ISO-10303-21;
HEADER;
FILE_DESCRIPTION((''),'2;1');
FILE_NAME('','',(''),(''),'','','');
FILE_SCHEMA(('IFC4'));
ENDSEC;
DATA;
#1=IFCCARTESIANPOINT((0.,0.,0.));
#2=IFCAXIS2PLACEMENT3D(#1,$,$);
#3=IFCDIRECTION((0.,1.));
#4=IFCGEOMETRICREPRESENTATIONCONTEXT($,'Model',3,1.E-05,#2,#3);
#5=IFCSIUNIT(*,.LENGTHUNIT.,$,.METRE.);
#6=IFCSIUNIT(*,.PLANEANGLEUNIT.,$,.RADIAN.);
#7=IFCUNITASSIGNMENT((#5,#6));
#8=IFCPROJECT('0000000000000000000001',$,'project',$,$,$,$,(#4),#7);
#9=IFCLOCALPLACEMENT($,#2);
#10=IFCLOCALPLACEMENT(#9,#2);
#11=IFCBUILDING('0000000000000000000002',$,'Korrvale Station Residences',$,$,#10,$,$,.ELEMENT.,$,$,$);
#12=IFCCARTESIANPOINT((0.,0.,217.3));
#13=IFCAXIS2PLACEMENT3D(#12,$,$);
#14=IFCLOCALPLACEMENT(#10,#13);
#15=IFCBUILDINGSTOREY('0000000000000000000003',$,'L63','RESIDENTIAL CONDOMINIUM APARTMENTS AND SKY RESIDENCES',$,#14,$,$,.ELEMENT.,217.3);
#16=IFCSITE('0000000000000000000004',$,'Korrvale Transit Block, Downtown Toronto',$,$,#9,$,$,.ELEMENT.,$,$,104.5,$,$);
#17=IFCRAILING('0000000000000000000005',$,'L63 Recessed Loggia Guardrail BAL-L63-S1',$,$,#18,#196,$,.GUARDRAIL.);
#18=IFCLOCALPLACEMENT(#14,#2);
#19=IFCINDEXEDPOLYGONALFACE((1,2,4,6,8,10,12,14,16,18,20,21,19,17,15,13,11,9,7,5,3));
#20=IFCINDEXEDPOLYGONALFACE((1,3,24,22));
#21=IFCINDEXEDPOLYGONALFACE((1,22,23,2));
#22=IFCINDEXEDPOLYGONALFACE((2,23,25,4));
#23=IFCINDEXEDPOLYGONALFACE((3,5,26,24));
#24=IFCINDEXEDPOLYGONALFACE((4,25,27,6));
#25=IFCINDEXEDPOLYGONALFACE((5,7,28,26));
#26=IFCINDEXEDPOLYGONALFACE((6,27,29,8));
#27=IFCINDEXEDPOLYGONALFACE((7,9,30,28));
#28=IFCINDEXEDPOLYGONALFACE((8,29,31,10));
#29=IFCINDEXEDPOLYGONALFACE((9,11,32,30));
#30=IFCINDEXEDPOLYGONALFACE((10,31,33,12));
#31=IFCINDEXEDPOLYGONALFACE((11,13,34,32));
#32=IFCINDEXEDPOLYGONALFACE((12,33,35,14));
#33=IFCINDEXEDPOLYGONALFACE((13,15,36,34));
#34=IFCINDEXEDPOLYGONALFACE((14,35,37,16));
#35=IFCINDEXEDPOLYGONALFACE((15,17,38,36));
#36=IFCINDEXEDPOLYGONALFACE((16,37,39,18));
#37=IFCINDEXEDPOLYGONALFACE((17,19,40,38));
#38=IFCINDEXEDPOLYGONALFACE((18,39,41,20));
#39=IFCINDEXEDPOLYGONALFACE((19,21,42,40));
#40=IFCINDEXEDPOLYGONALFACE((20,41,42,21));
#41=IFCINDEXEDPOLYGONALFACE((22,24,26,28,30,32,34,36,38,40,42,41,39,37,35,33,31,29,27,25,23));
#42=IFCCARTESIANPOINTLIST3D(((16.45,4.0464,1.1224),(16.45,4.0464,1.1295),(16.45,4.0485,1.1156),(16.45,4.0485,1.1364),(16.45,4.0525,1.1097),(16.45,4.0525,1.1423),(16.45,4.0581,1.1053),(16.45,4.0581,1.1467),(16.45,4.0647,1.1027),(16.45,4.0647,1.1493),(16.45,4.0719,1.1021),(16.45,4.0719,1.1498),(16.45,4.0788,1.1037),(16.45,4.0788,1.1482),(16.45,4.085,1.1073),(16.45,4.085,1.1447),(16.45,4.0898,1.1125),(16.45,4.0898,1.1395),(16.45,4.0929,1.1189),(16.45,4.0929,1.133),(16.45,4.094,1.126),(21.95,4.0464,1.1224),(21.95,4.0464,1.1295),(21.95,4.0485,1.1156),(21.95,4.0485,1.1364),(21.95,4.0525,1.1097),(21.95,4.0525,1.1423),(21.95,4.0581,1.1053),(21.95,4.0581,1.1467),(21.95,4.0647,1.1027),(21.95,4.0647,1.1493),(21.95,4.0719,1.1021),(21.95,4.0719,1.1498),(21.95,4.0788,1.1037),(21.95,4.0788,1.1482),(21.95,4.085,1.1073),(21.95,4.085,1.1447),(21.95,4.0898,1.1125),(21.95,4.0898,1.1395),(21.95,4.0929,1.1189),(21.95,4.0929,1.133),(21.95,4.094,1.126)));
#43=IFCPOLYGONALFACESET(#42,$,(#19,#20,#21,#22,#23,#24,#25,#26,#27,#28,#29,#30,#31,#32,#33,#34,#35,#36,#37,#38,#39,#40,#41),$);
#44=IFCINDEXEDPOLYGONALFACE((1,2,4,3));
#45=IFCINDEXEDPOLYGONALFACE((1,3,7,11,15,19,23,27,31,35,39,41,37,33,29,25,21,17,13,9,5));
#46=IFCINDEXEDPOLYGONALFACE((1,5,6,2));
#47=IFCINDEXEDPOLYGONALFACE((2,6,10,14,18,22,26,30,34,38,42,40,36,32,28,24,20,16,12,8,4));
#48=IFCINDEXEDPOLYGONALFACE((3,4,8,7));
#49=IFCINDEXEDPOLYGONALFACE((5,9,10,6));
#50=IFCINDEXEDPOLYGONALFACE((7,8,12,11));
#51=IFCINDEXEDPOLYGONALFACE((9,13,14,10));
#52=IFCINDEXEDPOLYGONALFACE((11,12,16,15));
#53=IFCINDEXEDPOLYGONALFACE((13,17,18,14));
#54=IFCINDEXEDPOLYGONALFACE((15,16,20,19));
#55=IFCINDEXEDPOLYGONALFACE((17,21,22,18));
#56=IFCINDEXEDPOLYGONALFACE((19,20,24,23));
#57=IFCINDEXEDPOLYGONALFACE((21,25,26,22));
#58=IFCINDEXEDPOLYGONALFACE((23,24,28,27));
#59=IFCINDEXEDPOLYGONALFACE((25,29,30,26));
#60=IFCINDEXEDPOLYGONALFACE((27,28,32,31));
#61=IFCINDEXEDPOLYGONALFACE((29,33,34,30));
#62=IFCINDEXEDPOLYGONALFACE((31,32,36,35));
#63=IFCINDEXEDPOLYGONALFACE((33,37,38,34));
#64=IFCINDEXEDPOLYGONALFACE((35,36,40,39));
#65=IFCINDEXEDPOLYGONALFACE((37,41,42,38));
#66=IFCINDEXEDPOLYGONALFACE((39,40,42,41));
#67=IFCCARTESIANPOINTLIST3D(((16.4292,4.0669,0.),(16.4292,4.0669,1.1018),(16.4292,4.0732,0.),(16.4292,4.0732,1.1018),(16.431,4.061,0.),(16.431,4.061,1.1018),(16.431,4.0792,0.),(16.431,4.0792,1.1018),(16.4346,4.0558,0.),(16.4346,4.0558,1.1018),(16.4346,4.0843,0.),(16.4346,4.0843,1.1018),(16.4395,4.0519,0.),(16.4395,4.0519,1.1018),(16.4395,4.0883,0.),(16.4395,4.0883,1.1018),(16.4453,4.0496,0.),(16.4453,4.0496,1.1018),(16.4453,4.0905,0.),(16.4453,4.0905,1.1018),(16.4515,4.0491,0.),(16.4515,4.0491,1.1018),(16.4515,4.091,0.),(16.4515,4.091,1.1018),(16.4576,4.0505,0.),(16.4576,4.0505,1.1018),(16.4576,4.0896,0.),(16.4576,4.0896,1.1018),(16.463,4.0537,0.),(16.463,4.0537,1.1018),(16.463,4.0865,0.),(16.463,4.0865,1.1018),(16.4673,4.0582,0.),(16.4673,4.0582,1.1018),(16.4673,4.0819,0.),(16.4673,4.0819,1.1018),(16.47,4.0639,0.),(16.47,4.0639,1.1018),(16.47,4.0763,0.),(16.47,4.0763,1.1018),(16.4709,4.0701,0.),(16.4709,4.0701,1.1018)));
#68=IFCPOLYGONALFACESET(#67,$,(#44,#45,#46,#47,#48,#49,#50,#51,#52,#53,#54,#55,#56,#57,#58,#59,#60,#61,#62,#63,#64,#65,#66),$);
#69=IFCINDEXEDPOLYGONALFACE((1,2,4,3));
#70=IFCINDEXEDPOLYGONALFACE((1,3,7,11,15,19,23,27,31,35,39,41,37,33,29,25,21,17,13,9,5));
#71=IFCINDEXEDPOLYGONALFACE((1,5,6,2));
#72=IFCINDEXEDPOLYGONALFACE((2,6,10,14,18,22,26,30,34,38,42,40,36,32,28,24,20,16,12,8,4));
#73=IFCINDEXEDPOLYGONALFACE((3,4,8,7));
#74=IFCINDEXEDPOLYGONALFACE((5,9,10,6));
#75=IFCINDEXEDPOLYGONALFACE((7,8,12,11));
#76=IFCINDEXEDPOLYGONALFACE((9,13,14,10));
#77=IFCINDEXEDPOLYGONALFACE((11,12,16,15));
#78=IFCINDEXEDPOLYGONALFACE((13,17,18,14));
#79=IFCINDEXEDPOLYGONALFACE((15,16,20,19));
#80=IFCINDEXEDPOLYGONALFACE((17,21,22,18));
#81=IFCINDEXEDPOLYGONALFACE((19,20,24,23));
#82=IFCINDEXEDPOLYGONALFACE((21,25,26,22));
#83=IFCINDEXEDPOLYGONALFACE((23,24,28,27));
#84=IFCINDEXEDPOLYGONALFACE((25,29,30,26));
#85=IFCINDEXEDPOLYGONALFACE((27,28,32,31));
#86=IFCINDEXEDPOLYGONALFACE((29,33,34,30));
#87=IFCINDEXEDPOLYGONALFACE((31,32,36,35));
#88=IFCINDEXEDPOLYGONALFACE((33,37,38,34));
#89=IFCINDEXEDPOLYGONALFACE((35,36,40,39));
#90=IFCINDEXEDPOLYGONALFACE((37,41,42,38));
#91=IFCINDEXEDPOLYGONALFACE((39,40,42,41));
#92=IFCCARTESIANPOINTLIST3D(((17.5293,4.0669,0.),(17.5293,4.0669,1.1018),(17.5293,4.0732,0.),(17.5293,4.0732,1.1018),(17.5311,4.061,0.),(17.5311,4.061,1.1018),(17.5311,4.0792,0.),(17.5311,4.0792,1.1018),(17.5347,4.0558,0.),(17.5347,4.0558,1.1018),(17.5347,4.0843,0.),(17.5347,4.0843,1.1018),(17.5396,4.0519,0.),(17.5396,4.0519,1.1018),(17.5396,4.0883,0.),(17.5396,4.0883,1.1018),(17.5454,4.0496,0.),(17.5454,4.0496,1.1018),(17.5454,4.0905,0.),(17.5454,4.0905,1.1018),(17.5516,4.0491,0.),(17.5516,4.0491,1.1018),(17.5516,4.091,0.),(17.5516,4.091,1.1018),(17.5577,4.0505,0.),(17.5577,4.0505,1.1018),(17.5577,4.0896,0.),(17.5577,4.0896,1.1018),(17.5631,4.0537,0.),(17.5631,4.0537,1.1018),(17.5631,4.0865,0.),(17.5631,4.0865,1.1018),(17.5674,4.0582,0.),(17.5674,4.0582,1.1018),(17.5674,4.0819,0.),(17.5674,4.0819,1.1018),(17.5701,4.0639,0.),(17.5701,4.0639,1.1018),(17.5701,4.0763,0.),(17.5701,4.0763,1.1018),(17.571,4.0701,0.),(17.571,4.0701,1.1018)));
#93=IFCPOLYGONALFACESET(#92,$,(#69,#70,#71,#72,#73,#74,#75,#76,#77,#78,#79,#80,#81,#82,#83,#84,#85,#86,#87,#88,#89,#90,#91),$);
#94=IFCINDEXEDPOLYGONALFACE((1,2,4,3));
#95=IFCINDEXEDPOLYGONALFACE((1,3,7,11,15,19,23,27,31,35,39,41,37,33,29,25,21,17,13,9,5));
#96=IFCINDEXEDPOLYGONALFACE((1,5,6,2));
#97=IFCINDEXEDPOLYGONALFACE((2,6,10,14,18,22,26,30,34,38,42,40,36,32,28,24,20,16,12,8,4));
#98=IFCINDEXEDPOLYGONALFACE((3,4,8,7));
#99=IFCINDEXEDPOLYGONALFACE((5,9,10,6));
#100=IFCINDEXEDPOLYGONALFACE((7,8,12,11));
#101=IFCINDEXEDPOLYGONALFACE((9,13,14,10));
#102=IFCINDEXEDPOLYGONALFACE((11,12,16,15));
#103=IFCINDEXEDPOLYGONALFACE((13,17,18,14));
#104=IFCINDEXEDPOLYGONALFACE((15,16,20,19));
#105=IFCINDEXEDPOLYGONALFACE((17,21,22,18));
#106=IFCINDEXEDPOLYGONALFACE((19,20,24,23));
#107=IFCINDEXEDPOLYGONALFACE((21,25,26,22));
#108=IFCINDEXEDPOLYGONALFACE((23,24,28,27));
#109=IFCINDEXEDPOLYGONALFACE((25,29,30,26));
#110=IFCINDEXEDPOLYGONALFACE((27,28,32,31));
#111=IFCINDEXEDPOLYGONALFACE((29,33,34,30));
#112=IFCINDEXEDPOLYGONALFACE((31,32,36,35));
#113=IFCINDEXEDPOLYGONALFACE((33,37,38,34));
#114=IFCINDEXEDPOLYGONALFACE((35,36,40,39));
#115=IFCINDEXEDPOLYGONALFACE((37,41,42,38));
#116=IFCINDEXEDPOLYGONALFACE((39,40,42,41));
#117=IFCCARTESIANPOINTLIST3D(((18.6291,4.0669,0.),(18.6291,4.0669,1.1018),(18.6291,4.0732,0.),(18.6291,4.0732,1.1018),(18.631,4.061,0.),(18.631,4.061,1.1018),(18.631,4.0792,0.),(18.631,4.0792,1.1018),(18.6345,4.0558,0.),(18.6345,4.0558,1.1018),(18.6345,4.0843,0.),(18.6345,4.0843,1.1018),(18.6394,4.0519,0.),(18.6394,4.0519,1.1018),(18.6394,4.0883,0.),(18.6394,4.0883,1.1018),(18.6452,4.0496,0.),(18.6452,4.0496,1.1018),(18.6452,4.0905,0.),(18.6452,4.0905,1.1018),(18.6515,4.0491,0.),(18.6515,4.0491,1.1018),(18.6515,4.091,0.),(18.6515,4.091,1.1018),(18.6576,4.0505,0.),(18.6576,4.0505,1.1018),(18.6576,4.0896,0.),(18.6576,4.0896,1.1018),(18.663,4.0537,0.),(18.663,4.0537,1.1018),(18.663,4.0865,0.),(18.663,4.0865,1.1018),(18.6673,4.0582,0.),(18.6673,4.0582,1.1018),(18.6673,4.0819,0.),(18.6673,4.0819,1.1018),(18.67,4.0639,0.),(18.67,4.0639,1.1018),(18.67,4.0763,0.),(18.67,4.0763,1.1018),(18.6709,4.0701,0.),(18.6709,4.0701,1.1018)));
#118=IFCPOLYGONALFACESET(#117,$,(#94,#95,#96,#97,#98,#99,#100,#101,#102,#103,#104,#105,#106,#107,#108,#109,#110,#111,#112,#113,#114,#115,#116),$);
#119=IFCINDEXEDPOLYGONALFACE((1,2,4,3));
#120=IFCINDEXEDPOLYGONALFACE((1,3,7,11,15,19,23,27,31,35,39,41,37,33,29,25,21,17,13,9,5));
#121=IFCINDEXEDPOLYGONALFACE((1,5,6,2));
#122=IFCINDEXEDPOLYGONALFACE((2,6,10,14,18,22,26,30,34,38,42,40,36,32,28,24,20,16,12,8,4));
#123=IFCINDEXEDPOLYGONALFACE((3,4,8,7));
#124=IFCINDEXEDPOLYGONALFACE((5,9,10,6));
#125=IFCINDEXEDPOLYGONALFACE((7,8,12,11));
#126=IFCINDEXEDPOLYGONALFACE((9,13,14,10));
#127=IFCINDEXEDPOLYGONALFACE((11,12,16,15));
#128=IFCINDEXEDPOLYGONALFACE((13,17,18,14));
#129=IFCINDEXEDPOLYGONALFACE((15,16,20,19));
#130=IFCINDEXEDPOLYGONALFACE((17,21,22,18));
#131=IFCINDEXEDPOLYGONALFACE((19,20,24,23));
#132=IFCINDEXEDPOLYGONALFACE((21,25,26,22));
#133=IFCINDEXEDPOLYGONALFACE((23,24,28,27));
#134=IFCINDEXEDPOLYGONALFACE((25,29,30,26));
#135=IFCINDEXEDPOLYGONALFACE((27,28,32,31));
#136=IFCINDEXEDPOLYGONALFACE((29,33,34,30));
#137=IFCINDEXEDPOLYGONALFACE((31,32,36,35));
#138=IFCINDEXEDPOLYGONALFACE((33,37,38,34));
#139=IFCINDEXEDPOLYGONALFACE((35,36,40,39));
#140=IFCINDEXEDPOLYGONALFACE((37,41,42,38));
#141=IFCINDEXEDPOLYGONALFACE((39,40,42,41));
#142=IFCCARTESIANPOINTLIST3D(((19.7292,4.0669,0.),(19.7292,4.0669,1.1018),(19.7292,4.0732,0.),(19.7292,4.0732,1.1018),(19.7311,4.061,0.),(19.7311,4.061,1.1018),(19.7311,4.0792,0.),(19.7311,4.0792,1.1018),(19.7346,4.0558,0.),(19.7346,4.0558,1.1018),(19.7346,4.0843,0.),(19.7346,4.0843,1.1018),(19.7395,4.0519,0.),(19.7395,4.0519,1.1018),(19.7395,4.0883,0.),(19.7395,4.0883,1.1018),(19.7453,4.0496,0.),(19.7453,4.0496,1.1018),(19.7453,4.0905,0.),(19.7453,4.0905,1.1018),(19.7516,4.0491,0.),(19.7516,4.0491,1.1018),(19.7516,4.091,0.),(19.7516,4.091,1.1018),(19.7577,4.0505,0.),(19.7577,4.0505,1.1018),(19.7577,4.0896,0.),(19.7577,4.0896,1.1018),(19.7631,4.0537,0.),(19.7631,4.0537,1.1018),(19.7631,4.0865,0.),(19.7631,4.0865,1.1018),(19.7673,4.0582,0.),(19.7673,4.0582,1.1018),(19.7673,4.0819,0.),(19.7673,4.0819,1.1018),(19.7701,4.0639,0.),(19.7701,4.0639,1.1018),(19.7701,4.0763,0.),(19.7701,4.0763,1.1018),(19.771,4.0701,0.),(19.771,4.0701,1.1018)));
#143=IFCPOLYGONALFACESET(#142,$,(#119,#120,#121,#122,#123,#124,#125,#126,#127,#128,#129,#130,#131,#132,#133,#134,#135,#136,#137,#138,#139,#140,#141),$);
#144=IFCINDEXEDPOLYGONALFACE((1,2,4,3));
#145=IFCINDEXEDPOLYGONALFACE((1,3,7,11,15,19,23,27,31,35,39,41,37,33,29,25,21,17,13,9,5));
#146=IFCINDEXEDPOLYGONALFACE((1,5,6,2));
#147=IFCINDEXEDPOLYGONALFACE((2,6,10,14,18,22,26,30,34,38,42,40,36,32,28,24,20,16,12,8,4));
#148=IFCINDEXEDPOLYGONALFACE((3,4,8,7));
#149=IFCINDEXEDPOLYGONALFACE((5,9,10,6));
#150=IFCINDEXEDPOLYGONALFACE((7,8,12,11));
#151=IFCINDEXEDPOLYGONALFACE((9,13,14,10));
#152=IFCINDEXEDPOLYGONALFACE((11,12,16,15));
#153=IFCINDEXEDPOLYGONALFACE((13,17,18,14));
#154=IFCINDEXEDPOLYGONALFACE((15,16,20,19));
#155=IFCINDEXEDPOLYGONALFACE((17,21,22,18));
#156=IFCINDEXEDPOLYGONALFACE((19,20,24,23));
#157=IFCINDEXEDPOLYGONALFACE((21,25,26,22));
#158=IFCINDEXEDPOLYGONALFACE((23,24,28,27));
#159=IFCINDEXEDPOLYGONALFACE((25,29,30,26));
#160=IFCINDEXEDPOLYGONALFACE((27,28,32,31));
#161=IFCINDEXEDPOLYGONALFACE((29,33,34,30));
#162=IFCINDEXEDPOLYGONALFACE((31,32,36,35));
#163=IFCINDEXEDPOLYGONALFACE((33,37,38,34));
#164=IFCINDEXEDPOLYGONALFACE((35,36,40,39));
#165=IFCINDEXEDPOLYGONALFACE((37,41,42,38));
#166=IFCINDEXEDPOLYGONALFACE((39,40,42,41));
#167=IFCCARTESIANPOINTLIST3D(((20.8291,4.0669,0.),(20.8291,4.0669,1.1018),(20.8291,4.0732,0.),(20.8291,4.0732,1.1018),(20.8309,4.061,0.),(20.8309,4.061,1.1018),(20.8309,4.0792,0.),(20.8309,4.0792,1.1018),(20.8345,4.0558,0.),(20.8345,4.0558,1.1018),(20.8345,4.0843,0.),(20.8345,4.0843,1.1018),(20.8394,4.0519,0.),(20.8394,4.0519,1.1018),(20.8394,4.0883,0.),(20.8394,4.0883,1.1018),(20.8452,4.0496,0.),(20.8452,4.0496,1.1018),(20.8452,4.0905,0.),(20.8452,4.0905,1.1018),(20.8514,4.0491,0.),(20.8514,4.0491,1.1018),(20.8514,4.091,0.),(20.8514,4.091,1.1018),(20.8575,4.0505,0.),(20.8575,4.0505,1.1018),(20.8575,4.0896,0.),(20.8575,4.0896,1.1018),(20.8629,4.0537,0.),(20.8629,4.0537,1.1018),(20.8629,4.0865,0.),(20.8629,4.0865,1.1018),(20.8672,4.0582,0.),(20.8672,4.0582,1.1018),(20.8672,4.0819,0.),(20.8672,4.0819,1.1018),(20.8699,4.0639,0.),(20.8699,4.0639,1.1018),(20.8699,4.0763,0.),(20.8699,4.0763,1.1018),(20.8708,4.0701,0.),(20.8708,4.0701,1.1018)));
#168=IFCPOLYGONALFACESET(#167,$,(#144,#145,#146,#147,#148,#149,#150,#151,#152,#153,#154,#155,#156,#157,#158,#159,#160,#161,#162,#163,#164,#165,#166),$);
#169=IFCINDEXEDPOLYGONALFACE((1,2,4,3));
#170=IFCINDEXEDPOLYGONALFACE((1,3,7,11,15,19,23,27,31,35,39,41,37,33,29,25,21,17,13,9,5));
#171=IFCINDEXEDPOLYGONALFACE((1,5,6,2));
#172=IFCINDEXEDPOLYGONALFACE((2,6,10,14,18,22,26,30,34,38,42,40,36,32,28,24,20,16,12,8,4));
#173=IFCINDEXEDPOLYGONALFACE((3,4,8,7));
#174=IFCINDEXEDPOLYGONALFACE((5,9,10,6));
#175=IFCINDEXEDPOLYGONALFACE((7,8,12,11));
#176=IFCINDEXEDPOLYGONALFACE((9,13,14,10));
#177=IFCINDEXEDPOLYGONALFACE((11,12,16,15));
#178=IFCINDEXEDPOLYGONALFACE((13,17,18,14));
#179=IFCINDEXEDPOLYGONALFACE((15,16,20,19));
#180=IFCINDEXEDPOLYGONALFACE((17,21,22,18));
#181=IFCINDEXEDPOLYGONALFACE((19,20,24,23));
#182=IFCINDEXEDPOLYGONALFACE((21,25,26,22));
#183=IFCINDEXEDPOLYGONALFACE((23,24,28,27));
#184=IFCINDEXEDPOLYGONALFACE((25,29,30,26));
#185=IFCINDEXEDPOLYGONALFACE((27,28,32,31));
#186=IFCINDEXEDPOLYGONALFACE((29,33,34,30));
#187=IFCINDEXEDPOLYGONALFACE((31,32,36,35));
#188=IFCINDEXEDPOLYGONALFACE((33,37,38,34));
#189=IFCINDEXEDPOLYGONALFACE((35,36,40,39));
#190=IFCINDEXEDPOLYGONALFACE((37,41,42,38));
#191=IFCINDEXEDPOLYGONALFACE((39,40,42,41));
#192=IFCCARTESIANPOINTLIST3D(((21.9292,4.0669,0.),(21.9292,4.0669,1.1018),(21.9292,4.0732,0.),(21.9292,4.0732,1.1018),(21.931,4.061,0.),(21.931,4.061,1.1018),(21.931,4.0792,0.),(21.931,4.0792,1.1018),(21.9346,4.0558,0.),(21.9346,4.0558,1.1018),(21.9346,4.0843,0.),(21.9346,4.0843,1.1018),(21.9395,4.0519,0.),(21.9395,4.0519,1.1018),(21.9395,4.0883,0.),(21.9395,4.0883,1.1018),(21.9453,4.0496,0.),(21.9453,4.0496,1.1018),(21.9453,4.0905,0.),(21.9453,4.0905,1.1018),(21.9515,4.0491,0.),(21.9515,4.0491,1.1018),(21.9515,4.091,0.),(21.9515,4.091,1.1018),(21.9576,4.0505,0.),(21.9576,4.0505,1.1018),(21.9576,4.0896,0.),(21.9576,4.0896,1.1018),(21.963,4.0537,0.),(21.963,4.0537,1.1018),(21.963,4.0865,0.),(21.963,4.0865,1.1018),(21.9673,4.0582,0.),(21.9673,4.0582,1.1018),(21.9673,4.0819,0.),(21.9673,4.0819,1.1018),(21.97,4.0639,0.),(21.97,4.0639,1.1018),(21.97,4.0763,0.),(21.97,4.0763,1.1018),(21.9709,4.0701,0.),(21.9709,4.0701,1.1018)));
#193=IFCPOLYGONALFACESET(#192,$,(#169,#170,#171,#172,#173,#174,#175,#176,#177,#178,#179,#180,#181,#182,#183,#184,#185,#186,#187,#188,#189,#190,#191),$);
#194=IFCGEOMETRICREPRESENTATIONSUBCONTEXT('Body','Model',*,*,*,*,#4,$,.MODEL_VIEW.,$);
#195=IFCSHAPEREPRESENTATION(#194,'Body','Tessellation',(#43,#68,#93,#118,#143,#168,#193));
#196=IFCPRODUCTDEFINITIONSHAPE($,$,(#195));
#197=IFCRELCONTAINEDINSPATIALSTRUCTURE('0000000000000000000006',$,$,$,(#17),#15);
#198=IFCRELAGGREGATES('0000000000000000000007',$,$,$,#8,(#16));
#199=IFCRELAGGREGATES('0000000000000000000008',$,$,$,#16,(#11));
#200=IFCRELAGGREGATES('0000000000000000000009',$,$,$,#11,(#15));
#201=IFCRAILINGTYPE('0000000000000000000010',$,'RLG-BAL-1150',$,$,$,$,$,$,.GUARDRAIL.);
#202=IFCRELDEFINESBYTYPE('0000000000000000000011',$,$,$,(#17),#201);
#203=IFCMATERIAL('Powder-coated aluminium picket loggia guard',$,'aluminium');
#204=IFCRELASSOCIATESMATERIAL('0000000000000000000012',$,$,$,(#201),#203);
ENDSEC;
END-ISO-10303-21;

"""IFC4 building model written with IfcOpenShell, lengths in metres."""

from ifc_helpers import new_model, si_unit, direction, frame, origin, origin_2d, place, context, subcontext, project, spatial, circle, extrude, material, type_object, element, save


model = new_model("IFC4")

# Units and contexts
model_context = context("Model", 3, precision=1e-05, world=origin(), true_north=direction((0.0, 1.0)))
body_context = subcontext(model_context, "Body", "Model", "MODEL_VIEW")
ifc_project = project(units=[si_unit("LENGTHUNIT", "METRE"), si_unit("PLANEANGLEUNIT", "RADIAN")], contexts=[model_context])

# Site, building, storey
site_placement = place(None, origin())
site = spatial("IfcSite", under=ifc_project, at=site_placement, Name="Korrvale Transit Block, Downtown Toronto", CompositionType="ELEMENT", RefElevation=104.5)
building_placement = place(site_placement, origin())
building = spatial("IfcBuilding", under=site, at=building_placement, Name="Korrvale Station Residences", CompositionType="ELEMENT")
storey_placement = place(building_placement, frame((0.0, 0.0, 217.3)))
storey = spatial("IfcBuildingStorey", under=building, at=storey_placement, Name="L63", Description="RESIDENTIAL CONDOMINIUM APARTMENTS AND SKY RESIDENCES", CompositionType="ELEMENT", Elevation=217.3)

# Railing
ifc_material_1 = material(Name="Powder-coated aluminium picket loggia guard", Category="aluminium")
railing_type = type_object("IfcRailingType", Name="RLG-BAL-1150", PredefinedType="GUARDRAIL", material=ifc_material_1)
railing_placement = place(storey_placement, frame((16.45, 4.0701, 0.0)))
element("IfcRailing", 1, at=railing_placement, inside=storey, type_object=railing_type, Name="L63 Recessed Loggia Guardrail BAL-L63-S1", PredefinedType="GUARDRAIL", context=body_context, shape_type="SweptSolid", body=[
    extrude(circle(Radius=0.0239, at=origin_2d()), frame((0.0, 0.0, 1.126), z_axis=(1.0, 0.0, 0.0), x_axis=(0.0, 1.0, 0.0)), (0.0, 0.0, 1.0), 5.5),
    extrude(circle(Radius=0.021, at=origin_2d()), origin(), (0.0, 0.0, 1.0), 1.1018),
    extrude(circle(Radius=0.021, at=origin_2d()), frame((1.1001, 0.0, 0.0)), (0.0, 0.0, 1.0), 1.1018),
    extrude(circle(Radius=0.021, at=origin_2d()), frame((2.2, 0.0, 0.0)), (0.0, 0.0, 1.0), 1.1018),
    extrude(circle(Radius=0.021, at=origin_2d()), frame((3.3, 0.0, 0.0)), (0.0, 0.0, 1.0), 1.1018),
    extrude(circle(Radius=0.021, at=origin_2d()), frame((4.3999, 0.0, 0.0)), (0.0, 0.0, 1.0), 1.1018),
    extrude(circle(Radius=0.021, at=origin_2d()), frame((5.5, 0.0, 0.0)), (0.0, 0.0, 1.0), 1.1018),
])

save(model, "model.ifc")
